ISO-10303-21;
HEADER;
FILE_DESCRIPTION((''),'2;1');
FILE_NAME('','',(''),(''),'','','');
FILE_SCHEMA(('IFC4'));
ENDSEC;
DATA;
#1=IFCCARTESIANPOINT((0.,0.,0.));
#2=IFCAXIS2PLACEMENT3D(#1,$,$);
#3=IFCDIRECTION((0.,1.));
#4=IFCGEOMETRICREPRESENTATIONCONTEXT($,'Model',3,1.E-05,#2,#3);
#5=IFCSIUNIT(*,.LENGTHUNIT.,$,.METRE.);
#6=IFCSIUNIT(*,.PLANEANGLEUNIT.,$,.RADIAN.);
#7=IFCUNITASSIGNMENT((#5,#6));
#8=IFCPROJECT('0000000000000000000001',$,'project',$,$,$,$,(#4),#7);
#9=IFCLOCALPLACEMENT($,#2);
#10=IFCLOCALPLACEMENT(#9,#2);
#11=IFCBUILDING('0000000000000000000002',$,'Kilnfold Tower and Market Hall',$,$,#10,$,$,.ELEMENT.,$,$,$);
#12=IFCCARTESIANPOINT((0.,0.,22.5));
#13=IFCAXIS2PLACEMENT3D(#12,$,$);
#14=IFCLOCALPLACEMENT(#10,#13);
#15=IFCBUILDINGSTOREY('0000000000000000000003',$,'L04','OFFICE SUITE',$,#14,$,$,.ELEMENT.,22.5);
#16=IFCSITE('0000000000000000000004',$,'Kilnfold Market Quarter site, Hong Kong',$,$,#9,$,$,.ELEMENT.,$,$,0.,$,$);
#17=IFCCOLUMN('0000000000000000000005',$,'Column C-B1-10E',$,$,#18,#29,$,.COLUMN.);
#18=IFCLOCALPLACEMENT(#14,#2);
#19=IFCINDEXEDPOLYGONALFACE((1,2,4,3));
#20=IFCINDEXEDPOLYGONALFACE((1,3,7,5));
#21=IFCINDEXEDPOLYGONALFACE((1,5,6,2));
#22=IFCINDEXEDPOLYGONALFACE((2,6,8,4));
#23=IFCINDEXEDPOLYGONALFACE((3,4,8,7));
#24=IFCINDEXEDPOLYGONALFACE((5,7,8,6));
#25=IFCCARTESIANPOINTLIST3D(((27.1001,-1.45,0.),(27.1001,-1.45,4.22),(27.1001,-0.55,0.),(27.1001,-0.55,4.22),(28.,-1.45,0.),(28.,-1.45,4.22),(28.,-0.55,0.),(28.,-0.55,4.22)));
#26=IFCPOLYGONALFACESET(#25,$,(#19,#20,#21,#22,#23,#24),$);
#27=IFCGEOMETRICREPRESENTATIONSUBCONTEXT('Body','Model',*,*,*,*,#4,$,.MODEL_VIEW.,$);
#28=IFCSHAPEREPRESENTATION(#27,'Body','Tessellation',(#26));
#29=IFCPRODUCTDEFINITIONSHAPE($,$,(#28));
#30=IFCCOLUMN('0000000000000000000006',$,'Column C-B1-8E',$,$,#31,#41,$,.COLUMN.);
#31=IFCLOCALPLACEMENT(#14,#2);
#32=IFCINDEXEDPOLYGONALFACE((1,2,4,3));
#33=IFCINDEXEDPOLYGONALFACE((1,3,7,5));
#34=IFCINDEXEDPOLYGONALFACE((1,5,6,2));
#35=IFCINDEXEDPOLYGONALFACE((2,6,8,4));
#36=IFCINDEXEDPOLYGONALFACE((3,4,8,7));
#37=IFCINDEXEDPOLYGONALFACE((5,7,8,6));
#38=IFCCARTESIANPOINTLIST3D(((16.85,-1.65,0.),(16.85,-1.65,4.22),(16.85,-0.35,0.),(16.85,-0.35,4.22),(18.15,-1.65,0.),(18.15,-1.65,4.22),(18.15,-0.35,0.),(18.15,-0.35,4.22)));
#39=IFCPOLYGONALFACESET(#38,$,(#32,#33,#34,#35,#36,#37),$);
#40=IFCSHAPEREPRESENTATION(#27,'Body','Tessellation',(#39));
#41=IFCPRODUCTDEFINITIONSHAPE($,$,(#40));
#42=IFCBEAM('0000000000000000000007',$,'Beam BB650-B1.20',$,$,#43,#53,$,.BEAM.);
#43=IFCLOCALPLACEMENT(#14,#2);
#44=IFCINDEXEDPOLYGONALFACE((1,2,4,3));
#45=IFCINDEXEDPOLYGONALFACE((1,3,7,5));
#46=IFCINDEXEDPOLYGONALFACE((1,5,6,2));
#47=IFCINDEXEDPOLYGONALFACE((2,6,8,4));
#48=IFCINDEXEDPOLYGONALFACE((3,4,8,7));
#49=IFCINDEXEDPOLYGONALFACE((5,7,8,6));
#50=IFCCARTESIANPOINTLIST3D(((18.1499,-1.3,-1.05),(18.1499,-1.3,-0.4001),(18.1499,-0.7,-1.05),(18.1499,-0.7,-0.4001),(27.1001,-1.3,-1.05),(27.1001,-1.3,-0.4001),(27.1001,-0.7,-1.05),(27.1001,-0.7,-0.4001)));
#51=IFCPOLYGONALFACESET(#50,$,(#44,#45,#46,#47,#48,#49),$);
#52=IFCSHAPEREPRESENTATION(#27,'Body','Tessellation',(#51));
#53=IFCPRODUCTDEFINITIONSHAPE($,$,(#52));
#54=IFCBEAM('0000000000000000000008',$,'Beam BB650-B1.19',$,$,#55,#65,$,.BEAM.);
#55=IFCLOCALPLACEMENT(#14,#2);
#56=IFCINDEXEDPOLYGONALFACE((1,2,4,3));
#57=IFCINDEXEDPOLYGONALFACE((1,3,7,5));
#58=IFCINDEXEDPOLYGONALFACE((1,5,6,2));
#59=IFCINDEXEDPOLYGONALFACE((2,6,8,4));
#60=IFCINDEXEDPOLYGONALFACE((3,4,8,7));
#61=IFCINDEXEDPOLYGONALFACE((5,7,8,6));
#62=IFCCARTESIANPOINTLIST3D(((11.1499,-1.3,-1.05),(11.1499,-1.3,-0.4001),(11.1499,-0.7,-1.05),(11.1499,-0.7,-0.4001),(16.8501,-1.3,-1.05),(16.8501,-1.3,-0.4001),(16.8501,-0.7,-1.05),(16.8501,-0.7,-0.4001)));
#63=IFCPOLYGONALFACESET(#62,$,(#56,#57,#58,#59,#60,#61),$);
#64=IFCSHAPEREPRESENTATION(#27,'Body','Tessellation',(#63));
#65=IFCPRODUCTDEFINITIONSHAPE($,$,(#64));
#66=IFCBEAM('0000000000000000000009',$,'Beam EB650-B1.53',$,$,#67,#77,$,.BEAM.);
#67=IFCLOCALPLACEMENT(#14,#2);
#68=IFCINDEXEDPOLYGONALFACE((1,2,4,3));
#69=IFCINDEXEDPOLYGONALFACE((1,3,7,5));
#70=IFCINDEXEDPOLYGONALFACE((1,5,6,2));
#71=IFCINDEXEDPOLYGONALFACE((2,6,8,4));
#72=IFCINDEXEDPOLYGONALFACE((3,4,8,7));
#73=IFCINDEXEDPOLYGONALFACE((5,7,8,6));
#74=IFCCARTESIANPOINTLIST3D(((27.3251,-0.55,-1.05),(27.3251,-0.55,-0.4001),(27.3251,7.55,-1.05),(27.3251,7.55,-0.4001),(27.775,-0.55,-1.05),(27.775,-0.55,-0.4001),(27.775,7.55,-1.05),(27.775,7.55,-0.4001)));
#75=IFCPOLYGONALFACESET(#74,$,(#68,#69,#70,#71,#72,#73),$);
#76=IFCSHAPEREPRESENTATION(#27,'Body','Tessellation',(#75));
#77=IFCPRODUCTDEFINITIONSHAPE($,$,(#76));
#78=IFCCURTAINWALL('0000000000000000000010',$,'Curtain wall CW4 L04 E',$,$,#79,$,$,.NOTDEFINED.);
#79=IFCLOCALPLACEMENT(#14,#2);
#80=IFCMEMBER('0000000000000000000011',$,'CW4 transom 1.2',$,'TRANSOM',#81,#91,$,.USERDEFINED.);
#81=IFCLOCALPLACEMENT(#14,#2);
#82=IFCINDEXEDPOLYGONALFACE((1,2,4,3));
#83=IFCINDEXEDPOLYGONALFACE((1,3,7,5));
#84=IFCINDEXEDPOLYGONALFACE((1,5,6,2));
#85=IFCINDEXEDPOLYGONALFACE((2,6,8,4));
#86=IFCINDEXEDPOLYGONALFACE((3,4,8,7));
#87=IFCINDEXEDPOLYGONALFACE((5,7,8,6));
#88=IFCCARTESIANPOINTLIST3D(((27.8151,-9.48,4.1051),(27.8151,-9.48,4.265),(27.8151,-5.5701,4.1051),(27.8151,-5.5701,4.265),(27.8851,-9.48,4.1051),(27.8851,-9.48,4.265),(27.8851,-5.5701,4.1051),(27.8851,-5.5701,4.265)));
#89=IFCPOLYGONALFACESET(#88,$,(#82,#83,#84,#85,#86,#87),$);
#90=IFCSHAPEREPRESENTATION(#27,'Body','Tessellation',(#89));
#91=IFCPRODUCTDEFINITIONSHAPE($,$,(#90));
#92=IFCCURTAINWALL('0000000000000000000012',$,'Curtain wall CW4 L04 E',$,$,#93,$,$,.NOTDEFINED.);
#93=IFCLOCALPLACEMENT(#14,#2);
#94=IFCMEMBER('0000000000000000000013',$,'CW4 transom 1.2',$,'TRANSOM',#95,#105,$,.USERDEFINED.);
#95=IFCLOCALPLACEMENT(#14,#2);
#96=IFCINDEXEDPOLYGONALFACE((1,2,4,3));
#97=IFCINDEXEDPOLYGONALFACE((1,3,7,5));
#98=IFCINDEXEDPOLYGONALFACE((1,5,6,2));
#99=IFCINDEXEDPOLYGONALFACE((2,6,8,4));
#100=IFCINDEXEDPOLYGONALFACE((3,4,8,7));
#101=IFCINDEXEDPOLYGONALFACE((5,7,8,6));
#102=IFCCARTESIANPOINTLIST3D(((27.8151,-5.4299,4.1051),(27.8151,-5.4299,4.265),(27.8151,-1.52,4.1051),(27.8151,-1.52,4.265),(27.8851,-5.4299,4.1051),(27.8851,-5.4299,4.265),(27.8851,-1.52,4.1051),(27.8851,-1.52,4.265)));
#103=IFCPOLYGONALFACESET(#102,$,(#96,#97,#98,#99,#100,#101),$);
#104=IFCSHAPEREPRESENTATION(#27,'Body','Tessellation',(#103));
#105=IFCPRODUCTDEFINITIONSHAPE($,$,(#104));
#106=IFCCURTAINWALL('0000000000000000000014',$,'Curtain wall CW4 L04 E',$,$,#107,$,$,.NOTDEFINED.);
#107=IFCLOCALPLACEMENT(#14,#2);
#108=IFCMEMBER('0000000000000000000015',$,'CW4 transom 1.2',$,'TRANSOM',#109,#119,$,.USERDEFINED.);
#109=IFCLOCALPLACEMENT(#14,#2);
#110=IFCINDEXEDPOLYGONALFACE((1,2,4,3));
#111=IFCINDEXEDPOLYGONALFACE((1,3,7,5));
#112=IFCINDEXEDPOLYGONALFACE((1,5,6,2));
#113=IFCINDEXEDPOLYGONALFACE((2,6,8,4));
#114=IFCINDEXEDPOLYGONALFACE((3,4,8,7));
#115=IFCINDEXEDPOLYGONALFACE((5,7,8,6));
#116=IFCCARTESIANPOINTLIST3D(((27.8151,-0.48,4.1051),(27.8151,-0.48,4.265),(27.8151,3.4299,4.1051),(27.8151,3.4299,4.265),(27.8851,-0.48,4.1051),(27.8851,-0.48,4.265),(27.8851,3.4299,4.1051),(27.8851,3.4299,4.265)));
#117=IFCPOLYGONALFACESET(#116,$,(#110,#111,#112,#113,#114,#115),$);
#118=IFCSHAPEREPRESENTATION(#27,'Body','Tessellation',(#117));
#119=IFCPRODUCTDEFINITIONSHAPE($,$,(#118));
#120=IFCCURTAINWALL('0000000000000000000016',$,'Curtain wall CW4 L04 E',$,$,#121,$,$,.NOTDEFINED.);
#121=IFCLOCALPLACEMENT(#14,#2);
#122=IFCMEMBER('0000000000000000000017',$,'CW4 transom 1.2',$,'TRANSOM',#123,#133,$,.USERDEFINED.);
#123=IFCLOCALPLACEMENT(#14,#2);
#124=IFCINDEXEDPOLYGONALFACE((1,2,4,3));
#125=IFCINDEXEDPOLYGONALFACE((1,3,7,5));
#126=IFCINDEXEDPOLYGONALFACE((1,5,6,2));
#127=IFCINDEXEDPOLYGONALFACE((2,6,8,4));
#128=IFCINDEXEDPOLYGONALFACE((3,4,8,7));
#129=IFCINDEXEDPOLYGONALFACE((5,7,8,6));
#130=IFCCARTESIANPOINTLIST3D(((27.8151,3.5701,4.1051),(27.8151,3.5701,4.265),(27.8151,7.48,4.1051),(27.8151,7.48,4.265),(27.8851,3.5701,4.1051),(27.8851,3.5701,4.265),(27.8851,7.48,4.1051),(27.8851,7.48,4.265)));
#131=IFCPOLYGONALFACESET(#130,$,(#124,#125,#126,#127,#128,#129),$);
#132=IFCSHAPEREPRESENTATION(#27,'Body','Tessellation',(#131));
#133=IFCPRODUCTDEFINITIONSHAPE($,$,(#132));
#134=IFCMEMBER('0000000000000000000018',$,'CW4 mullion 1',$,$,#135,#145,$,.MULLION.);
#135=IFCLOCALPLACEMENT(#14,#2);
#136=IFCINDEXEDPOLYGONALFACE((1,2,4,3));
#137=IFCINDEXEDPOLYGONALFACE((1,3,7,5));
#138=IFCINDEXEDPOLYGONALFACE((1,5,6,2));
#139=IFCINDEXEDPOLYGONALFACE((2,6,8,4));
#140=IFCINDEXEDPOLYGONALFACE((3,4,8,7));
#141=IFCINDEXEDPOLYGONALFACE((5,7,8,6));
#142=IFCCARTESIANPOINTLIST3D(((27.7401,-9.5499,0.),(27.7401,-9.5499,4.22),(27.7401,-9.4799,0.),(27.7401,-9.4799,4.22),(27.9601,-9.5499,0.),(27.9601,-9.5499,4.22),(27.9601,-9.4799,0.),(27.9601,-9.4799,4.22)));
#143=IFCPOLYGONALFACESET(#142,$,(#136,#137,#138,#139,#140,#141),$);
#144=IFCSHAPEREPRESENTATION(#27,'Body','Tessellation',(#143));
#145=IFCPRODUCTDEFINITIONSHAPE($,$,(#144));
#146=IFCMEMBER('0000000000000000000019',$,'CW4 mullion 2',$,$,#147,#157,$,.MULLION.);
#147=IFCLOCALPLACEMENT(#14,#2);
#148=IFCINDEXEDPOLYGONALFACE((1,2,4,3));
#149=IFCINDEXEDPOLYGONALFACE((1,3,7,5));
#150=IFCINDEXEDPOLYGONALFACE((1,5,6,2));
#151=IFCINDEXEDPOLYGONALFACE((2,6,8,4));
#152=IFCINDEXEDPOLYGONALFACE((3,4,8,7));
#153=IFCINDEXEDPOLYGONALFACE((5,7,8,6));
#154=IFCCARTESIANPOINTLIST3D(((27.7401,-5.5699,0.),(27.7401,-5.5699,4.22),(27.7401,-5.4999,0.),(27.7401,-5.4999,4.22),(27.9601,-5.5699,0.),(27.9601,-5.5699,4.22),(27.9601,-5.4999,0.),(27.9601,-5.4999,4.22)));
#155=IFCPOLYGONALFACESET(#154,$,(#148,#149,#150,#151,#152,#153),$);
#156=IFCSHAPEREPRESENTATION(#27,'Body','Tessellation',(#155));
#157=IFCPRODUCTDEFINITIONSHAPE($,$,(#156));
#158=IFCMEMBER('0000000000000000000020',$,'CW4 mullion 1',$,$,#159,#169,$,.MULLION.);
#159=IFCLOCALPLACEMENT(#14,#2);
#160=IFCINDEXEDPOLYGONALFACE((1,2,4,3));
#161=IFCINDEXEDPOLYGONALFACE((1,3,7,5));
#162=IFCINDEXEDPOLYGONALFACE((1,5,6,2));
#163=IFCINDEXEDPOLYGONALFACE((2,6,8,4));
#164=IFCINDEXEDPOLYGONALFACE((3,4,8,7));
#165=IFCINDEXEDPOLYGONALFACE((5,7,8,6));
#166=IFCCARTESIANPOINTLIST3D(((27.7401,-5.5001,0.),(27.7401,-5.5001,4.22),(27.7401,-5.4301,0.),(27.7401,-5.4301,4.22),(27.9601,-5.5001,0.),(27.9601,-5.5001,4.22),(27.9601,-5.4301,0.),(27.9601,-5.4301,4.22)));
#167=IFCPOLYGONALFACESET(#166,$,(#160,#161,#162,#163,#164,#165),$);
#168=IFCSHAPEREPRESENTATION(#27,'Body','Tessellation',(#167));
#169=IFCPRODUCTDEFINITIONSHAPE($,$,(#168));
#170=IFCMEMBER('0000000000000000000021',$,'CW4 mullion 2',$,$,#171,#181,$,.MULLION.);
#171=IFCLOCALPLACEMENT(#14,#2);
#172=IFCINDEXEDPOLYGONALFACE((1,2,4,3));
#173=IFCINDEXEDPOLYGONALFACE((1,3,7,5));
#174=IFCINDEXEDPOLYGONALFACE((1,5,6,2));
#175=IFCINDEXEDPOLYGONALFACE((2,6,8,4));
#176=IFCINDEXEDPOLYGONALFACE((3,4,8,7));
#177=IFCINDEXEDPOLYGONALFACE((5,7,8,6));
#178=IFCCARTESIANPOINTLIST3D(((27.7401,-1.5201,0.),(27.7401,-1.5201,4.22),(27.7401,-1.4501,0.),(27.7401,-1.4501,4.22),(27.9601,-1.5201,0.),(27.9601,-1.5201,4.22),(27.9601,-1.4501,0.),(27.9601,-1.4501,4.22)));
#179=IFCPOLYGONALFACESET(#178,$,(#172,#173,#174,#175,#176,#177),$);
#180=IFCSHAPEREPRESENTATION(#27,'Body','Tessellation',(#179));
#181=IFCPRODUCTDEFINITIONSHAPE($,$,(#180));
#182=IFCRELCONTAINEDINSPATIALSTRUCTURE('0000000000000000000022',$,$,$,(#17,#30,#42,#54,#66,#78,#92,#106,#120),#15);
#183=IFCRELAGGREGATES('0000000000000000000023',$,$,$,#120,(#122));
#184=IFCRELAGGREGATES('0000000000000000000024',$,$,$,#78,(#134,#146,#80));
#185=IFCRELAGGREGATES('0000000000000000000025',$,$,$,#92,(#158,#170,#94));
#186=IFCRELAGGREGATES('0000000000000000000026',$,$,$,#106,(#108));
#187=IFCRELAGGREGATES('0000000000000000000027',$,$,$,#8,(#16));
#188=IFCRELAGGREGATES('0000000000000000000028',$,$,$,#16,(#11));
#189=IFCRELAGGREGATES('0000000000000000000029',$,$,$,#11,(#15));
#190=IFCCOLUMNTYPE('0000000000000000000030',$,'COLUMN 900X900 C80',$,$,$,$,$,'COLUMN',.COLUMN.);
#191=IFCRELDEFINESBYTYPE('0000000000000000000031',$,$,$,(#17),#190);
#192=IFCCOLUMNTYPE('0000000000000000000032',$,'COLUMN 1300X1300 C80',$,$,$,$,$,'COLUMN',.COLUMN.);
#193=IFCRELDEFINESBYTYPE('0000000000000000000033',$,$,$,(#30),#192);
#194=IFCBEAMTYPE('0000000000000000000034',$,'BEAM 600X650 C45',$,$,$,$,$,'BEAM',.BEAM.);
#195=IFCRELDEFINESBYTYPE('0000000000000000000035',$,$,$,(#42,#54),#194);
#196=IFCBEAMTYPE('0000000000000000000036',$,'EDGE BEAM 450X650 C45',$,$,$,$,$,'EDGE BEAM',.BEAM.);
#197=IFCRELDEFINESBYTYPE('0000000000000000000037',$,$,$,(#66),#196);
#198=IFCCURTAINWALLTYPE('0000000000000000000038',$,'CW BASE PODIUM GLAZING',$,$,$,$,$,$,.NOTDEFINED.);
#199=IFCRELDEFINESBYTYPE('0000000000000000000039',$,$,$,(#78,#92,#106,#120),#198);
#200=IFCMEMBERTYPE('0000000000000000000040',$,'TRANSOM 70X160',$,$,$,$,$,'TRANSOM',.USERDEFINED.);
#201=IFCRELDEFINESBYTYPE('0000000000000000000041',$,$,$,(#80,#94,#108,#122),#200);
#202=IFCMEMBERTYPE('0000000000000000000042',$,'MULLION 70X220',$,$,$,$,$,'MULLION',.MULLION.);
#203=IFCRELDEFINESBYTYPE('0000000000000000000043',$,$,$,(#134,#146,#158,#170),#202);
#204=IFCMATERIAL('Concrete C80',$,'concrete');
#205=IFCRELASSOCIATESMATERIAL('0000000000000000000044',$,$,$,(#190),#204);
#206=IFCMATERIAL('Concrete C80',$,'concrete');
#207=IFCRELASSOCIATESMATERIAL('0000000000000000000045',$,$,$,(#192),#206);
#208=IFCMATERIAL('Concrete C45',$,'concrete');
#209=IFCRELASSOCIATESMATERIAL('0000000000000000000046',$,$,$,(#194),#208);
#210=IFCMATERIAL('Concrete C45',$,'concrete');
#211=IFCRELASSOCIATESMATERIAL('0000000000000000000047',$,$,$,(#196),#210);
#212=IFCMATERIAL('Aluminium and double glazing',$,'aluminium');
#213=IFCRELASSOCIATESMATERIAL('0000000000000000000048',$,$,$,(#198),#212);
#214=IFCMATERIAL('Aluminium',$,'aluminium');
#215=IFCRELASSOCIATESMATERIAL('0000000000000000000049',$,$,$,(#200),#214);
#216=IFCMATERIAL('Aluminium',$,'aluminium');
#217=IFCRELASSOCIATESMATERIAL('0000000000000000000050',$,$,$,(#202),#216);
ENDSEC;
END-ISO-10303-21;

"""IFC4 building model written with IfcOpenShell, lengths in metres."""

from ifc_helpers import new_model, si_unit, direction, frame, origin, origin_2d, place, context, subcontext, project, spatial, rectangle, extrude, source, transform, mapped, material, material_profile, profile_set, type_object, element, aggregate, save


model = new_model("IFC4")

# Units and contexts
model_context = context("Model", 3, precision=1e-05, world=origin(), true_north=direction((0.0, 1.0)))
body_context = subcontext(model_context, "Body", "Model", "MODEL_VIEW")
ifc_project = project(units=[si_unit("LENGTHUNIT", "METRE"), si_unit("PLANEANGLEUNIT", "RADIAN")], contexts=[model_context])

# Site, building, storey
site_placement = place(None, origin())
site = spatial("IfcSite", under=ifc_project, at=site_placement, Name="Kilnfold Market Quarter site, Hong Kong", CompositionType="ELEMENT", RefElevation=0.0)
building_placement = place(site_placement, origin())
building = spatial("IfcBuilding", under=site, at=building_placement, Name="Kilnfold Tower and Market Hall", CompositionType="ELEMENT")
storey_placement = place(building_placement, frame((0.0, 0.0, 22.5)))
storey = spatial("IfcBuildingStorey", under=building, at=storey_placement, Name="L04", Description="OFFICE SUITE", CompositionType="ELEMENT", Elevation=22.5)

# Columns
ifc_material_1 = material(Name="Concrete C80", Category="concrete")
ifc_material_profile_1 = material_profile(ifc_material_1, rectangle(XDim=0.8999, YDim=0.8999, at=origin_2d()), Name="RC 900x900")
ifc_profile_set_1 = profile_set([ifc_material_profile_1], Name="Concrete C80")
column_type_1 = type_object("IfcColumnType", Name="COLUMN 900X900 C80", ElementType="COLUMN", PredefinedType="COLUMN", material=ifc_profile_set_1)
shared_shape_1 = source(origin(), body_context, "Body", "SweptSolid", [
    extrude(rectangle(XDim=0.8999, YDim=0.8999, at=origin_2d()), origin(), (0.0, 0.0, 1.0), 4.22),
])
column_1_placement = place(storey_placement, frame((27.55, -1.0, 0.0), z_axis=(0.0, 0.0, 1.0), x_axis=(1.0, 0.0, 0.0)))
element("IfcColumn", 1, at=column_1_placement, inside=storey, type_object=column_type_1, Name="Column C-B1-10E", PredefinedType="COLUMN", context=body_context, shape_type="MappedRepresentation", body=[
    mapped(shared_shape_1, transform((0.0, 0.0, 0.0))),
])
ifc_material_2 = material(Name="Concrete C80", Category="concrete")
ifc_material_profile_2 = material_profile(ifc_material_2, rectangle(XDim=1.3, YDim=1.3, at=origin_2d()), Name="RC 1300x1300")
ifc_profile_set_2 = profile_set([ifc_material_profile_2], Name="Concrete C80")
column_type_2 = type_object("IfcColumnType", Name="COLUMN 1300X1300 C80", ElementType="COLUMN", PredefinedType="COLUMN", material=ifc_profile_set_2)
shared_shape_2 = source(origin(), body_context, "Body", "SweptSolid", [
    extrude(rectangle(XDim=1.3, YDim=1.3, at=origin_2d()), origin(), (0.0, 0.0, 1.0), 4.22),
])
column_2_placement = place(storey_placement, frame((17.5, -1.0, 0.0), z_axis=(0.0, 0.0, 1.0), x_axis=(1.0, 0.0, 0.0)))
element("IfcColumn", 2, at=column_2_placement, inside=storey, type_object=column_type_2, Name="Column C-B1-8E", PredefinedType="COLUMN", context=body_context, shape_type="MappedRepresentation", body=[
    mapped(shared_shape_2, transform((0.0, 0.0, 0.0))),
])

# Beams
ifc_material_3 = material(Name="Concrete C45", Category="concrete")
ifc_material_profile_3 = material_profile(ifc_material_3, rectangle(XDim=0.6001, YDim=0.6499, at=origin_2d()), Name="RC 600x650")
ifc_profile_set_3 = profile_set([ifc_material_profile_3], Name="Concrete C45")
beam_type_1 = type_object("IfcBeamType", Name="BEAM 600X650 C45", ElementType="BEAM", PredefinedType="BEAM", material=ifc_profile_set_3)
shared_shape_3 = source(origin(), body_context, "Body", "SweptSolid", [
    extrude(rectangle(XDim=0.6001, YDim=0.6499, at=origin_2d()), origin(), (0.0, 0.0, 1.0), 8.9502),
])
beam_1_placement = place(storey_placement, frame((18.1499, -1.0, -0.7251), z_axis=(1.0, 0.0, 0.0), x_axis=(0.0, 1.0, 0.0)))
element("IfcBeam", 3, at=beam_1_placement, inside=storey, type_object=beam_type_1, Name="Beam BB650-B1.20", PredefinedType="BEAM", context=body_context, shape_type="MappedRepresentation", body=[
    mapped(shared_shape_3, transform((0.0, 0.0, 0.0))),
])
shared_shape_4 = source(origin(), body_context, "Body", "SweptSolid", [
    extrude(rectangle(XDim=0.6001, YDim=0.6499, at=origin_2d()), origin(), (0.0, 0.0, 1.0), 5.7002),
])
beam_2_placement = place(storey_placement, frame((11.1499, -1.0, -0.7251), z_axis=(1.0, 0.0, 0.0), x_axis=(0.0, 1.0, 0.0)))
element("IfcBeam", 4, at=beam_2_placement, inside=storey, type_object=beam_type_1, Name="Beam BB650-B1.19", PredefinedType="BEAM", context=body_context, shape_type="MappedRepresentation", body=[
    mapped(shared_shape_4, transform((0.0, 0.0, 0.0))),
])
ifc_material_4 = material(Name="Concrete C45", Category="concrete")
ifc_material_profile_4 = material_profile(ifc_material_4, rectangle(XDim=0.45, YDim=0.6499, at=origin_2d()), Name="RC 450x650")
ifc_profile_set_4 = profile_set([ifc_material_profile_4], Name="Concrete C45")
beam_type_2 = type_object("IfcBeamType", Name="EDGE BEAM 450X650 C45", ElementType="EDGE BEAM", PredefinedType="BEAM", material=ifc_profile_set_4)
shared_shape_5 = source(origin(), body_context, "Body", "SweptSolid", [
    extrude(rectangle(XDim=0.45, YDim=0.6499, at=origin_2d()), origin(), (0.0, 0.0, 1.0), 8.1001),
])
beam_3_placement = place(storey_placement, frame((27.55, -0.55, -0.7251), z_axis=(0.0, 1.0, 0.0), x_axis=(-1.0, 0.0, 0.0)))
element("IfcBeam", 5, at=beam_3_placement, inside=storey, type_object=beam_type_2, Name="Beam EB650-B1.53", PredefinedType="BEAM", context=body_context, shape_type="MappedRepresentation", body=[
    mapped(shared_shape_5, transform((0.0, 0.0, 0.0))),
])

# Curtain walls, members
ifc_material_5 = material(Name="Aluminium and double glazing", Category="aluminium")
curtain_wall_type = type_object("IfcCurtainWallType", Name="CW BASE PODIUM GLAZING", PredefinedType="NOTDEFINED", material=ifc_material_5)
curtain_wall_1_placement = place(storey_placement, origin())
curtain_wall_1 = element("IfcCurtainWall", 6, at=curtain_wall_1_placement, inside=storey, type_object=curtain_wall_type, Name="Curtain wall CW4 L04 E", PredefinedType="NOTDEFINED")
ifc_material_6 = material(Name="Aluminium", Category="aluminium")
ifc_material_profile_5 = material_profile(ifc_material_6, rectangle(XDim=0.0701, YDim=0.1599, at=origin_2d()), Name="TRANSOM 70x160")
ifc_profile_set_5 = profile_set([ifc_material_profile_5], Name="Aluminium")
member_type_1 = type_object("IfcMemberType", Name="TRANSOM 70X160", ElementType="TRANSOM", PredefinedType="USERDEFINED", material=ifc_profile_set_5)
shared_shape_6 = source(origin(), body_context, "Body", "SweptSolid", [
    extrude(rectangle(XDim=0.0701, YDim=0.1599, at=origin_2d()), origin(), (0.0, 0.0, 1.0), 3.9099),
])
member_1_placement = place(storey_placement, frame((27.8501, -9.48, 4.1851), z_axis=(0.0, 1.0, 0.0), x_axis=(-1.0, 0.0, 0.0)))
member_1 = element("IfcMember", 7, at=member_1_placement, type_object=member_type_1, Name="CW4 transom 1.2", ObjectType="TRANSOM", PredefinedType="USERDEFINED", context=body_context, shape_type="MappedRepresentation", body=[
    mapped(shared_shape_6, transform((0.0, 0.0, 0.0))),
])
curtain_wall_2_placement = place(storey_placement, origin())
curtain_wall_2 = element("IfcCurtainWall", 8, at=curtain_wall_2_placement, inside=storey, type_object=curtain_wall_type, Name="Curtain wall CW4 L04 E", PredefinedType="NOTDEFINED")
member_2_placement = place(storey_placement, frame((27.8501, -5.4299, 4.1851), z_axis=(0.0, 1.0, 0.0), x_axis=(-1.0, 0.0, 0.0)))
member_2 = element("IfcMember", 9, at=member_2_placement, type_object=member_type_1, Name="CW4 transom 1.2", ObjectType="TRANSOM", PredefinedType="USERDEFINED", context=body_context, shape_type="MappedRepresentation", body=[
    mapped(shared_shape_6, transform((0.0, 0.0, 0.0))),
])
curtain_wall_3_placement = place(storey_placement, origin())
curtain_wall_3 = element("IfcCurtainWall", 10, at=curtain_wall_3_placement, inside=storey, type_object=curtain_wall_type, Name="Curtain wall CW4 L04 E", PredefinedType="NOTDEFINED")
member_3_placement = place(storey_placement, frame((27.8501, -0.48, 4.1851), z_axis=(0.0, 1.0, 0.0), x_axis=(-1.0, 0.0, 0.0)))
member_3 = element("IfcMember", 11, at=member_3_placement, type_object=member_type_1, Name="CW4 transom 1.2", ObjectType="TRANSOM", PredefinedType="USERDEFINED", context=body_context, shape_type="MappedRepresentation", body=[
    mapped(shared_shape_6, transform((0.0, 0.0, 0.0))),
])
curtain_wall_4_placement = place(storey_placement, origin())
curtain_wall_4 = element("IfcCurtainWall", 12, at=curtain_wall_4_placement, inside=storey, type_object=curtain_wall_type, Name="Curtain wall CW4 L04 E", PredefinedType="NOTDEFINED")
member_4_placement = place(storey_placement, frame((27.8501, 3.5701, 4.1851), z_axis=(0.0, 1.0, 0.0), x_axis=(-1.0, 0.0, 0.0)))
member_4 = element("IfcMember", 13, at=member_4_placement, type_object=member_type_1, Name="CW4 transom 1.2", ObjectType="TRANSOM", PredefinedType="USERDEFINED", context=body_context, shape_type="MappedRepresentation", body=[
    mapped(shared_shape_6, transform((0.0, 0.0, 0.0))),
])

# Members
ifc_material_7 = material(Name="Aluminium", Category="aluminium")
ifc_material_profile_6 = material_profile(ifc_material_7, rectangle(XDim=0.0701, YDim=0.22, at=origin_2d()), Name="MULLION 70x220")
ifc_profile_set_6 = profile_set([ifc_material_profile_6], Name="Aluminium")
member_type_2 = type_object("IfcMemberType", Name="MULLION 70X220", ElementType="MULLION", PredefinedType="MULLION", material=ifc_profile_set_6)
shared_shape_7 = source(origin(), body_context, "Body", "SweptSolid", [
    extrude(rectangle(XDim=0.0701, YDim=0.22, at=origin_2d()), origin(), (0.0, 0.0, 1.0), 4.22),
])
member_5_placement = place(storey_placement, frame((27.8501, -9.5149, 0.0), z_axis=(0.0, 0.0, 1.0), x_axis=(0.0, 1.0, 0.0)))
member_5 = element("IfcMember", 14, at=member_5_placement, type_object=member_type_2, Name="CW4 mullion 1", PredefinedType="MULLION", context=body_context, shape_type="MappedRepresentation", body=[
    mapped(shared_shape_7, transform((0.0, 0.0, 0.0))),
])
member_6_placement = place(storey_placement, frame((27.8501, -5.5349, 0.0), z_axis=(0.0, 0.0, 1.0), x_axis=(0.0, 1.0, 0.0)))
member_6 = element("IfcMember", 15, at=member_6_placement, type_object=member_type_2, Name="CW4 mullion 2", PredefinedType="MULLION", context=body_context, shape_type="MappedRepresentation", body=[
    mapped(shared_shape_7, transform((0.0, 0.0, 0.0))),
])
member_7_placement = place(storey_placement, frame((27.8501, -5.4651, 0.0), z_axis=(0.0, 0.0, 1.0), x_axis=(0.0, 1.0, 0.0)))
member_7 = element("IfcMember", 16, at=member_7_placement, type_object=member_type_2, Name="CW4 mullion 1", PredefinedType="MULLION", context=body_context, shape_type="MappedRepresentation", body=[
    mapped(shared_shape_7, transform((0.0, 0.0, 0.0))),
])
member_8_placement = place(storey_placement, frame((27.8501, -1.4851, 0.0), z_axis=(0.0, 0.0, 1.0), x_axis=(0.0, 1.0, 0.0)))
member_8 = element("IfcMember", 17, at=member_8_placement, type_object=member_type_2, Name="CW4 mullion 2", PredefinedType="MULLION", context=body_context, shape_type="MappedRepresentation", body=[
    mapped(shared_shape_7, transform((0.0, 0.0, 0.0))),
])
aggregate(curtain_wall_4, [member_4])

aggregate(curtain_wall_1, [member_5, member_6, member_1])
aggregate(curtain_wall_2, [member_7, member_8, member_2])
aggregate(curtain_wall_3, [member_3])

save(model, "model.ifc")
